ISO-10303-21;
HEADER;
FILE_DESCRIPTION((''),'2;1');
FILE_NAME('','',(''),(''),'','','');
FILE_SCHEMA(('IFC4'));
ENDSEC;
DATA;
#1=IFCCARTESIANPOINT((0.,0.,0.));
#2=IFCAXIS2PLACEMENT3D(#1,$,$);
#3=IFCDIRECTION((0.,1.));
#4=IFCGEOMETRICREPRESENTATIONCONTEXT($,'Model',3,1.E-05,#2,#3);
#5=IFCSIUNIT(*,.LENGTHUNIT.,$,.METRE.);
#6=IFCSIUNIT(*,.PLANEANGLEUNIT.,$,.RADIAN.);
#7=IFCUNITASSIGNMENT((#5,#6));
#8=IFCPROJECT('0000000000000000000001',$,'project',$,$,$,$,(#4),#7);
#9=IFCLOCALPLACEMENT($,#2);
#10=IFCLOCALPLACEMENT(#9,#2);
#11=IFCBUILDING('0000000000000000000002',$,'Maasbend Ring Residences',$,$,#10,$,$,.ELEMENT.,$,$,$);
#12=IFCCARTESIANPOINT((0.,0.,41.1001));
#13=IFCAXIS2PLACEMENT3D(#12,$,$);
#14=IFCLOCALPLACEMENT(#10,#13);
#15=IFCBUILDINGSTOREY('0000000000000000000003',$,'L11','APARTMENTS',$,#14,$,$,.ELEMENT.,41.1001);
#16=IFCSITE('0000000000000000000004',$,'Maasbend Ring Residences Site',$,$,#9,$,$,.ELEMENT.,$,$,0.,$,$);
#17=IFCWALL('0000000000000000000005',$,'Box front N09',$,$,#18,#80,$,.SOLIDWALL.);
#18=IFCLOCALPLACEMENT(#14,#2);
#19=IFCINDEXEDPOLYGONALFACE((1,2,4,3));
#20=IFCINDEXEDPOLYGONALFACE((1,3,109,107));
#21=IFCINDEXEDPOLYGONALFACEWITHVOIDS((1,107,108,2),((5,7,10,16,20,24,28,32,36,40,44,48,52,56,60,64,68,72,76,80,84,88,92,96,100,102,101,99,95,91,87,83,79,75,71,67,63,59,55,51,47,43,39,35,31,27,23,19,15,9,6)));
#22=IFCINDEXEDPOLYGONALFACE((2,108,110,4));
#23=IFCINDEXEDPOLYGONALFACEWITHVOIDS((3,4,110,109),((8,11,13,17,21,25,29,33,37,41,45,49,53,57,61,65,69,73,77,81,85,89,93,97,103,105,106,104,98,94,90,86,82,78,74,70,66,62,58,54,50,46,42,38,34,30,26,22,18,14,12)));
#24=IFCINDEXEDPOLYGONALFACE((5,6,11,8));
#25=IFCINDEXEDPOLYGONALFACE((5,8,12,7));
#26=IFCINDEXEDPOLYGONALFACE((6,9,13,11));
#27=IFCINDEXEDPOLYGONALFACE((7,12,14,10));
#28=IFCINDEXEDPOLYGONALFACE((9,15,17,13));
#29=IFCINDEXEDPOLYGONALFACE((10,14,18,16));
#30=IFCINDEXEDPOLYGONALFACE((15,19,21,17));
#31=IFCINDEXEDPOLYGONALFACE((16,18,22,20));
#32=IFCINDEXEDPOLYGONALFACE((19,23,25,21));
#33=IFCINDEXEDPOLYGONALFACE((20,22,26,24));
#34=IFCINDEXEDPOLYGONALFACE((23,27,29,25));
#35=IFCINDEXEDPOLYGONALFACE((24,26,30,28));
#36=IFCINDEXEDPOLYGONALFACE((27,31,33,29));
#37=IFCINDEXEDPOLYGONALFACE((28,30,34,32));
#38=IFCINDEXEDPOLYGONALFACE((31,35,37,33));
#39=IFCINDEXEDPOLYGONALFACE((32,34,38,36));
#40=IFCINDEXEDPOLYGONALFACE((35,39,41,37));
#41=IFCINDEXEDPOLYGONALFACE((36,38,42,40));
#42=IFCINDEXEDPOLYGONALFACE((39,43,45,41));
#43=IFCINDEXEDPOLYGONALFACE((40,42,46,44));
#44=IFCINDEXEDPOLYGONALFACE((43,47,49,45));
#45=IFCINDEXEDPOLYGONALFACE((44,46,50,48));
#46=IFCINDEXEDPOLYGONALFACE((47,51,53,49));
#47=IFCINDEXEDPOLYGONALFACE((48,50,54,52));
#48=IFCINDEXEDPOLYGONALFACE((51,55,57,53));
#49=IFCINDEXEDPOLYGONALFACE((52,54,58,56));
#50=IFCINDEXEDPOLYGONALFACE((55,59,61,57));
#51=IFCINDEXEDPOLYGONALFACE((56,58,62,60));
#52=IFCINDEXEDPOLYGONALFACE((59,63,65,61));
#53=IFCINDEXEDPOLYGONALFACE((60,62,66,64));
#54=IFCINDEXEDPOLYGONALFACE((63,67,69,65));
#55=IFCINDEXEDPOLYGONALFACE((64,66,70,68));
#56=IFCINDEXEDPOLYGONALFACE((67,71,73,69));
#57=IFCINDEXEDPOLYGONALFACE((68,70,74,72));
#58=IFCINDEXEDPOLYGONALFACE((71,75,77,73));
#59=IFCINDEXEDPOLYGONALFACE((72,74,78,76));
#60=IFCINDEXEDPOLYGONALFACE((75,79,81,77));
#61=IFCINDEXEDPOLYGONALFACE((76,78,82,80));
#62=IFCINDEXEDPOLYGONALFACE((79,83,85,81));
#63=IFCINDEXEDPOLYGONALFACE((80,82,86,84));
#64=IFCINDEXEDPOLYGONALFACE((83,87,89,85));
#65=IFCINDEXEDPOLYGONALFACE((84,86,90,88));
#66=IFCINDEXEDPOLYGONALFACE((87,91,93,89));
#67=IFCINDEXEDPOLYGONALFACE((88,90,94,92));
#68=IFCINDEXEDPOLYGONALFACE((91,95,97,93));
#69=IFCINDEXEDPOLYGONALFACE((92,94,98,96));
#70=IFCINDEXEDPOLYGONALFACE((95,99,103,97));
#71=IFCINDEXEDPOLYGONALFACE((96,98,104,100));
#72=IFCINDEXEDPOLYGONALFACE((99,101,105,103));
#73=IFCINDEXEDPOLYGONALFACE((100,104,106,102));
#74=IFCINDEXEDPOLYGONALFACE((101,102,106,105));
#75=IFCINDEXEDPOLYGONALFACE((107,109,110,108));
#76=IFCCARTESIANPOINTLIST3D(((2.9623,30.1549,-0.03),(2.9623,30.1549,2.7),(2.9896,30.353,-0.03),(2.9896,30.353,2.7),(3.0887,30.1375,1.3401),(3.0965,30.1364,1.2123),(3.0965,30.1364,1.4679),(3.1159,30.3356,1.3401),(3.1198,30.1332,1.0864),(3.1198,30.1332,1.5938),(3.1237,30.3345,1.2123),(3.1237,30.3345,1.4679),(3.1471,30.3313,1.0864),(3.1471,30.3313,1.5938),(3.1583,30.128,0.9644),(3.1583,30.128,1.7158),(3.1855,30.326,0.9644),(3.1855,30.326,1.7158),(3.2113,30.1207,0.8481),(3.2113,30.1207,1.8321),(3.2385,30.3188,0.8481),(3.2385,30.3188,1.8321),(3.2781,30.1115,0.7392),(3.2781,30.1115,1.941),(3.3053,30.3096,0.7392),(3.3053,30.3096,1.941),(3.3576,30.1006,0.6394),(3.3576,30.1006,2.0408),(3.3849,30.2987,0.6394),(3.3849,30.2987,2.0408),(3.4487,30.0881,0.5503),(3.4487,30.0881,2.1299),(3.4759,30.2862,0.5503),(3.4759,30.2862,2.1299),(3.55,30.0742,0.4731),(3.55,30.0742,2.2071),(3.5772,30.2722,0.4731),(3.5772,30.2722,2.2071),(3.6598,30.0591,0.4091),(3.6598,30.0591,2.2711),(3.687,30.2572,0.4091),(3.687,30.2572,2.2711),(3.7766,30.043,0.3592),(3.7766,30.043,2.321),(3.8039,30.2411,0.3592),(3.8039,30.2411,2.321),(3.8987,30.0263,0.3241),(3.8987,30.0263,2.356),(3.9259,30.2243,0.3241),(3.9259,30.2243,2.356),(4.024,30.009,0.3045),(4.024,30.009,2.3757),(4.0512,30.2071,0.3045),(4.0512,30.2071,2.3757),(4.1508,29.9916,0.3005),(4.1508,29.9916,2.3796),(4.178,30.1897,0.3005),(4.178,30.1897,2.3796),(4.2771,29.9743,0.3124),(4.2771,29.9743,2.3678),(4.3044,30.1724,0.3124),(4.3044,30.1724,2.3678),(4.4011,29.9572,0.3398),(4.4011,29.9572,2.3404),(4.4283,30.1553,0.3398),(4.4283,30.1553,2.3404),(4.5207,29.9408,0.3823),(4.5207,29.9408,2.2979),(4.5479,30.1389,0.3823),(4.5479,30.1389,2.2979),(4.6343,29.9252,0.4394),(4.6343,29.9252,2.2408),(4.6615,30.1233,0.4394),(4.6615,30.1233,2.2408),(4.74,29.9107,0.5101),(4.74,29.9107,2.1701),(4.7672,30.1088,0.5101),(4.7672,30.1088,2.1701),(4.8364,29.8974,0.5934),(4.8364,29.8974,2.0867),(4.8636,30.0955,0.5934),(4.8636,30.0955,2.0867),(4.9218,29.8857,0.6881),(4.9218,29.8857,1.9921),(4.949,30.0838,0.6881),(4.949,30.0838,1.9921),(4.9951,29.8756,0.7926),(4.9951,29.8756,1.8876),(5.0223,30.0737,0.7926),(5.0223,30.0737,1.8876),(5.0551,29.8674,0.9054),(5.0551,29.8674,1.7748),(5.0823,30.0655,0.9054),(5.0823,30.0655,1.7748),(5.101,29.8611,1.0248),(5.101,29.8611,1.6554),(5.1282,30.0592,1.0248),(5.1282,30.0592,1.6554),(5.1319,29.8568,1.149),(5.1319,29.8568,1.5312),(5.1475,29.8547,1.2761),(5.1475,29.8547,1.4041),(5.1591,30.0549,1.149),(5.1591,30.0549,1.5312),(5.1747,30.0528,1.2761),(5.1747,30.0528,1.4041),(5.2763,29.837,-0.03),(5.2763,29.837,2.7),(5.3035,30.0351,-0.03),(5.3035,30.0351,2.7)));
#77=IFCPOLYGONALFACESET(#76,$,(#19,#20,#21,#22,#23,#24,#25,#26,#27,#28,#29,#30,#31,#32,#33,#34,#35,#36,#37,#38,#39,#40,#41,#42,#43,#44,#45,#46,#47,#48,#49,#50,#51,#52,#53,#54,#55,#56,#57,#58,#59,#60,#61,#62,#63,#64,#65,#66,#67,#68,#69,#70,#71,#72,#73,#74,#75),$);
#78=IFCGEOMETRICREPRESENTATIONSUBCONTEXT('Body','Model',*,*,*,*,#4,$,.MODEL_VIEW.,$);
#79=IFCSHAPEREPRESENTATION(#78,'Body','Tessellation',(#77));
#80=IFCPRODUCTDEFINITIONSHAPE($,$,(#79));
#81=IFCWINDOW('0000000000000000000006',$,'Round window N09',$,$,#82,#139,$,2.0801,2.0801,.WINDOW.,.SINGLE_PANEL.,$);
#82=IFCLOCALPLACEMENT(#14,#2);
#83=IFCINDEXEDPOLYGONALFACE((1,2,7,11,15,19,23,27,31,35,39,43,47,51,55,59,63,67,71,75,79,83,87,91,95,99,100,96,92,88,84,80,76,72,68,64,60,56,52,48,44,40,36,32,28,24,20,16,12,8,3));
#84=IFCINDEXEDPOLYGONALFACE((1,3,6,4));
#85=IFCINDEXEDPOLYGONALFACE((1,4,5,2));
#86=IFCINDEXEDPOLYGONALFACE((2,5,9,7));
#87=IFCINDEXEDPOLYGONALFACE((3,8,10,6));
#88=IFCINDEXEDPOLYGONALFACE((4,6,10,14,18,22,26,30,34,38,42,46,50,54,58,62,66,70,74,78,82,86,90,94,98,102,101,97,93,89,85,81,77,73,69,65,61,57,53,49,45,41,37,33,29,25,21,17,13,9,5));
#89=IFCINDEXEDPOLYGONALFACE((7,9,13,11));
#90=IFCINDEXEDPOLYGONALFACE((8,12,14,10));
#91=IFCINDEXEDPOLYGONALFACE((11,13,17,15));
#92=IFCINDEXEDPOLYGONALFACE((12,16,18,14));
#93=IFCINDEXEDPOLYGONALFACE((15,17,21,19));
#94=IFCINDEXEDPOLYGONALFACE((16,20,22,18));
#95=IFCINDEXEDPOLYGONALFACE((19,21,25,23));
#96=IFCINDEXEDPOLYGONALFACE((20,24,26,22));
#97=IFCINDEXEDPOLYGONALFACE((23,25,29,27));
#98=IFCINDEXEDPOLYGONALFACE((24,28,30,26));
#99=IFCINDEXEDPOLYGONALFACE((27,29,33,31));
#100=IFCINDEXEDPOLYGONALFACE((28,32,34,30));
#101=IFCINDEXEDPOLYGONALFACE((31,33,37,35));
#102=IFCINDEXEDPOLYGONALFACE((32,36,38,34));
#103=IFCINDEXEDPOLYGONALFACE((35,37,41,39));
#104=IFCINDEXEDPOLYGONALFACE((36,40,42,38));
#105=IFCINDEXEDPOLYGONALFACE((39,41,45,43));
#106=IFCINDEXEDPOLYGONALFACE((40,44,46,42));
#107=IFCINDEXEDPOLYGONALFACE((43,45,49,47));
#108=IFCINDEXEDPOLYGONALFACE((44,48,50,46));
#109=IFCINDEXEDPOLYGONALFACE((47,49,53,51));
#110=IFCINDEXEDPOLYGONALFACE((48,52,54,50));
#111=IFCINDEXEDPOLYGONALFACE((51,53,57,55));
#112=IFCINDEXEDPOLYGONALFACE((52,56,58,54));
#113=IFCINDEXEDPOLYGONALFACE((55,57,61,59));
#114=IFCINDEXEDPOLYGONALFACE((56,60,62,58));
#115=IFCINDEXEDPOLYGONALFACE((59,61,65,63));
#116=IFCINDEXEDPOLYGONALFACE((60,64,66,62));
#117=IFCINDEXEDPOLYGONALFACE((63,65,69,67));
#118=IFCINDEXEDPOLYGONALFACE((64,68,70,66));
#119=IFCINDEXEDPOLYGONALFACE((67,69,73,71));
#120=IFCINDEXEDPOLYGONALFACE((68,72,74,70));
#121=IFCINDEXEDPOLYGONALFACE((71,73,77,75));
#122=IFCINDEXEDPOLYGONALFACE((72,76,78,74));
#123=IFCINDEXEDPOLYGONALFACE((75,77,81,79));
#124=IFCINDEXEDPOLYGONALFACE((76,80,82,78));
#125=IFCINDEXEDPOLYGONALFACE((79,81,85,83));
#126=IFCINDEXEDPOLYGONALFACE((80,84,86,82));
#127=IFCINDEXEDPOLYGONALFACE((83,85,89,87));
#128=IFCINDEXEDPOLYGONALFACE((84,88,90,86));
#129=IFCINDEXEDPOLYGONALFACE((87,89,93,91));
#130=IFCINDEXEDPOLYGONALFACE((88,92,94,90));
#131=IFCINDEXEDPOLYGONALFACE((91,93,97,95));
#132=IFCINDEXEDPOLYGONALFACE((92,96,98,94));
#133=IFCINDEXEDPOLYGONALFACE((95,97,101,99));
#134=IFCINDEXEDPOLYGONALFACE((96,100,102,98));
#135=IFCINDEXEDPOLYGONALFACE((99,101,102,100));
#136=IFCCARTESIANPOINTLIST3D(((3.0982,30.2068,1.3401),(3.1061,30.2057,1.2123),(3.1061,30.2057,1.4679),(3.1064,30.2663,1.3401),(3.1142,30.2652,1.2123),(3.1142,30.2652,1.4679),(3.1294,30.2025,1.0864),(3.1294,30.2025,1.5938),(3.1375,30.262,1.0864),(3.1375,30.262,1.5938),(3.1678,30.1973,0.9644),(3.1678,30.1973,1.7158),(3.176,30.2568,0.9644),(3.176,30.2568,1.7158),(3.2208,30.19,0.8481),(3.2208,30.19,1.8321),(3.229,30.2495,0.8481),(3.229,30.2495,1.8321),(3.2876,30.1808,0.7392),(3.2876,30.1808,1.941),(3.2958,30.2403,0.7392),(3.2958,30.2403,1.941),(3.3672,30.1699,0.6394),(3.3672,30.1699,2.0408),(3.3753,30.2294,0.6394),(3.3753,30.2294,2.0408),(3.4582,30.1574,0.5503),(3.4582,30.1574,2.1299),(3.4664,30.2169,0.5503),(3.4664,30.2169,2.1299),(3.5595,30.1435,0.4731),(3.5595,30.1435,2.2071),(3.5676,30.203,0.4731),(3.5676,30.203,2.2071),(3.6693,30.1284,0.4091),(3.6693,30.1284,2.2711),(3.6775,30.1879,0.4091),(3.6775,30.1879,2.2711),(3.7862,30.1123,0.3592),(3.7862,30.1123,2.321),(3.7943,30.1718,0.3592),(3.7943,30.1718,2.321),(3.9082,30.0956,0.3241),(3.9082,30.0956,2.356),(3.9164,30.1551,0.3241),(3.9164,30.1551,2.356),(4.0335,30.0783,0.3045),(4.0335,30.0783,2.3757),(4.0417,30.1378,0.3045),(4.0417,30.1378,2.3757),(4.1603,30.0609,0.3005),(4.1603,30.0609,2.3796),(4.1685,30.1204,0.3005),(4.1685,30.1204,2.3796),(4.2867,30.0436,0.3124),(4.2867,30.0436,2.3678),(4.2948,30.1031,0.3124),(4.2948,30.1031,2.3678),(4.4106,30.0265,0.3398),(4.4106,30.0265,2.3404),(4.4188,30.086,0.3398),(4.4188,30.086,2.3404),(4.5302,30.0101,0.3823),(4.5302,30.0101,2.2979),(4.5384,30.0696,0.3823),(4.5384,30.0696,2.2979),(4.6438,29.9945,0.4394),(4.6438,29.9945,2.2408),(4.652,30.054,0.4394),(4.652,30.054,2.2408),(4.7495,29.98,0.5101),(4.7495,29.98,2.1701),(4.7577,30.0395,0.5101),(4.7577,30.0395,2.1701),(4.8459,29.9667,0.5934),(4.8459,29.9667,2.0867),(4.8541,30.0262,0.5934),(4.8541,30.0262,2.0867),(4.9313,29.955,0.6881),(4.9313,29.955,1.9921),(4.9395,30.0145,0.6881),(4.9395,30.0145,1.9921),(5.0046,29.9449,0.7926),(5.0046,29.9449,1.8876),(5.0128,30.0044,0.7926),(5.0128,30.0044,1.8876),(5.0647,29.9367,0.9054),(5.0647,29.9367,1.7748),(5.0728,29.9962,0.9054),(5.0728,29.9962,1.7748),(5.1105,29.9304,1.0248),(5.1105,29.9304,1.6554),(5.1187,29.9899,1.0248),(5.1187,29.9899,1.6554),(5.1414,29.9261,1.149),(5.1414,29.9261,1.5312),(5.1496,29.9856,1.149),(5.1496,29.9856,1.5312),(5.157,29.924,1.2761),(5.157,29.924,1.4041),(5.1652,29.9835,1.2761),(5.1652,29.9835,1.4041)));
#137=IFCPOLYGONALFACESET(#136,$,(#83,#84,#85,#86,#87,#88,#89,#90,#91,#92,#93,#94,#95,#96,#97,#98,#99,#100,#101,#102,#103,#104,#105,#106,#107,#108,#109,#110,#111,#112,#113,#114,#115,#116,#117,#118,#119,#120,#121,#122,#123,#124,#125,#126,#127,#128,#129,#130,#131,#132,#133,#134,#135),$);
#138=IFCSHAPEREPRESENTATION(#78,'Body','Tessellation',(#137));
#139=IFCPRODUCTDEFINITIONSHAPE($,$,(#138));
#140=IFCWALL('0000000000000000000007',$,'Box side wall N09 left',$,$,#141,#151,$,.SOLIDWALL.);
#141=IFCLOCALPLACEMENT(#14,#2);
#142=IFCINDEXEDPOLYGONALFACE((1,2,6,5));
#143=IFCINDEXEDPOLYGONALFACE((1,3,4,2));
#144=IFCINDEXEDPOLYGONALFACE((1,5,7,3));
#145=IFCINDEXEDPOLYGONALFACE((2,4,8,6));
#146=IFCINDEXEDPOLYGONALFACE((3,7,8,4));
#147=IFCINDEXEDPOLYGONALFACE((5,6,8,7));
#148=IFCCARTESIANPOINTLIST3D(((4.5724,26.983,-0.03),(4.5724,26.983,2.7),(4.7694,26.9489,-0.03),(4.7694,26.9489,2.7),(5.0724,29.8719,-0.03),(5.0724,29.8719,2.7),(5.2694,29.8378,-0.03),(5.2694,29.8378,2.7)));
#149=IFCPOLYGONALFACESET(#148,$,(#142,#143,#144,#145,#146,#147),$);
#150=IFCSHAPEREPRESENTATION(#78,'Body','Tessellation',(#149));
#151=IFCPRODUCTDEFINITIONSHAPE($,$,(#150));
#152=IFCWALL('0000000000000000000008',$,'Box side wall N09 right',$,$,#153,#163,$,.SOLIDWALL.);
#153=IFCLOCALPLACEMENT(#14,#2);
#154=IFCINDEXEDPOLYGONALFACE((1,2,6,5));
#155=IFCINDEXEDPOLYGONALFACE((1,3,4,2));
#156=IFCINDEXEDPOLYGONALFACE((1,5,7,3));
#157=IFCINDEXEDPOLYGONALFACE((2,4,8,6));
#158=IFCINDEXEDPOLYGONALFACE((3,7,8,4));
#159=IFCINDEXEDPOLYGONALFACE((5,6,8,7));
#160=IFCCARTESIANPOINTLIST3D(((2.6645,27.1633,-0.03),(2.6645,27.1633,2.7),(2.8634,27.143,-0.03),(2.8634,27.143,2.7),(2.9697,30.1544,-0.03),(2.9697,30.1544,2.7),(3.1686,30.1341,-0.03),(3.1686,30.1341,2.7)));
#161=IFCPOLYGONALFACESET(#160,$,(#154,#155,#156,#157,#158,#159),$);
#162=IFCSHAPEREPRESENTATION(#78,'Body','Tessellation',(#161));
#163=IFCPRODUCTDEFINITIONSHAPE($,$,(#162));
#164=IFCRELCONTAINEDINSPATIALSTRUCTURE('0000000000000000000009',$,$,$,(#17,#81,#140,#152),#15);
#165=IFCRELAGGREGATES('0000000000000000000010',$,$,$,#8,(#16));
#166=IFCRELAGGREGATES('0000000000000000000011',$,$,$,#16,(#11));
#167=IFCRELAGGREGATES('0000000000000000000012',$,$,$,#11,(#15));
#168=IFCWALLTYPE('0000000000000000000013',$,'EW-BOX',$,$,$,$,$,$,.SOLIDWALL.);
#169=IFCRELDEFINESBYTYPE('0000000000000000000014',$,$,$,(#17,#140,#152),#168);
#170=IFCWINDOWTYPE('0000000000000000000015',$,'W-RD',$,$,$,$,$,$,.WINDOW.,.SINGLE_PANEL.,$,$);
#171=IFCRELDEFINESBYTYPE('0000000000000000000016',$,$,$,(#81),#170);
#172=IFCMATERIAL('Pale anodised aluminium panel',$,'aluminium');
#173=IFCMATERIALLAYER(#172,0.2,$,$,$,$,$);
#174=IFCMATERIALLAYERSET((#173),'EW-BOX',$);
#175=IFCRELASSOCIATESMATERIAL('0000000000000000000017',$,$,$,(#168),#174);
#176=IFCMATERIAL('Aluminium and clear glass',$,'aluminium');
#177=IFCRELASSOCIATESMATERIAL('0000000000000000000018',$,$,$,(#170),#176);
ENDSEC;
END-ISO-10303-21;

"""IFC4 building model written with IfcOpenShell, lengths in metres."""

from ifc_helpers import new_model, si_unit, direction, frame, frame_2d, origin, place, context, subcontext, project, spatial, rectangle, circle, extrude, material, layer, layer_set, type_object, element, fill, save


model = new_model("IFC4")

# Units and contexts
model_context = context("Model", 3, precision=1e-05, world=origin(), true_north=direction((0.0, 1.0)))
body_context = subcontext(model_context, "Body", "Model", "MODEL_VIEW")
ifc_project = project(units=[si_unit("LENGTHUNIT", "METRE"), si_unit("PLANEANGLEUNIT", "RADIAN")], contexts=[model_context])

# Site, building, storey
site_placement = place(None, origin())
site = spatial("IfcSite", under=ifc_project, at=site_placement, Name="Maasbend Ring Residences Site", CompositionType="ELEMENT", RefElevation=0.0)
building_placement = place(site_placement, origin())
building = spatial("IfcBuilding", under=site, at=building_placement, Name="Maasbend Ring Residences", CompositionType="ELEMENT")
storey_placement = place(building_placement, frame((0.0, 0.0, 41.1001)))
storey = spatial("IfcBuildingStorey", under=building, at=storey_placement, Name="L11", Description="APARTMENTS", CompositionType="ELEMENT", Elevation=41.1001)

# Shared definitions
ifc_material_1 = material(Name="Pale anodised aluminium panel", Category="aluminium")
ifc_layer_1 = layer(ifc_material_1, 0.2)
ifc_layer_set_1 = layer_set([ifc_layer_1], Name="EW-BOX")
wall_type_1 = type_object("IfcWallType", Name="EW-BOX", PredefinedType="SOLIDWALL", material=ifc_layer_set_1)

# Wall, opening, window
wall_1_placement = place(storey_placement, frame((5.29, 29.936, -0.03), z_axis=(0.0, 0.0, 1.0), x_axis=(-0.990696, 0.136093, 0.0)))
wall_1 = element("IfcWall", 1, at=wall_1_placement, inside=storey, type_object=wall_type_1, Name="Box front N09", PredefinedType="SOLIDWALL", context=body_context, shape_type="SweptSolid", body=[
    extrude(rectangle(XDim=2.3357, YDim=0.2, at=frame_2d((1.168, 0.0))), origin(), (0.0, 0.0, 1.0), 2.73),
])
opening_1_placement = place(wall_1_placement, frame((0.1282, 0.0, 0.3301)))
opening_1 = element("IfcOpeningElement", 2, at=opening_1_placement, cuts=wall_1, PredefinedType="OPENING", context=body_context, shape_type="SweptSolid", body=[
    extrude(circle(Radius=1.04, at=frame_2d((1.04, 1.04))), frame((0.0, 0.1099, 0.0), z_axis=(0.0, -1.0, 0.0), x_axis=(1.0, 0.0, 0.0)), (0.0, 0.0, 1.0), 0.22),
])
ifc_material_2 = material(Name="Aluminium and clear glass", Category="aluminium")
window_type_1 = type_object("IfcWindowType", Name="W-RD", PartitioningType="SINGLE_PANEL", PredefinedType="WINDOW", material=ifc_material_2)
window_1_placement = place(opening_1_placement, origin())
window_1 = element("IfcWindow", 3, at=window_1_placement, inside=storey, type_object=window_type_1, Name="Round window N09", OverallHeight=2.0801, OverallWidth=2.0801, PartitioningType="SINGLE_PANEL", PredefinedType="WINDOW", context=body_context, shape_type="SweptSolid", body=[
    extrude(circle(Radius=1.04, at=frame_2d((1.04, 1.04))), frame((0.0, 0.03, 0.0), z_axis=(0.0, -1.0, 0.0), x_axis=(1.0, 0.0, 0.0)), (0.0, 0.0, 1.0), 0.0601),
])
fill(opening_1, window_1)

# Walls
wall_2_placement = place(storey_placement, frame((4.6709, 26.9661, -0.03), z_axis=(0.0, 0.0, 1.0), x_axis=(0.17054, 0.985351, 0.0)))
element("IfcWall", 4, at=wall_2_placement, inside=storey, type_object=wall_type_1, Name="Box side wall N09 left", PredefinedType="SOLIDWALL", context=body_context, shape_type="SweptSolid", body=[
    extrude(rectangle(XDim=2.9319, YDim=0.2, at=frame_2d((1.4658, 0.0))), origin(), (0.0, 0.0, 1.0), 2.73),
])
wall_3_placement = place(storey_placement, frame((2.7639, 27.1531, -0.03), z_axis=(0.0, 0.0, 1.0), x_axis=(0.101505, 0.994835, 0.0)))
element("IfcWall", 5, at=wall_3_placement, inside=storey, type_object=wall_type_1, Name="Box side wall N09 right", PredefinedType="SOLIDWALL", context=body_context, shape_type="SweptSolid", body=[
    extrude(rectangle(XDim=3.0066, YDim=0.2, at=frame_2d((1.5034, 0.0))), origin(), (0.0, 0.0, 1.0), 2.73),
])

save(model, "model.ifc")
